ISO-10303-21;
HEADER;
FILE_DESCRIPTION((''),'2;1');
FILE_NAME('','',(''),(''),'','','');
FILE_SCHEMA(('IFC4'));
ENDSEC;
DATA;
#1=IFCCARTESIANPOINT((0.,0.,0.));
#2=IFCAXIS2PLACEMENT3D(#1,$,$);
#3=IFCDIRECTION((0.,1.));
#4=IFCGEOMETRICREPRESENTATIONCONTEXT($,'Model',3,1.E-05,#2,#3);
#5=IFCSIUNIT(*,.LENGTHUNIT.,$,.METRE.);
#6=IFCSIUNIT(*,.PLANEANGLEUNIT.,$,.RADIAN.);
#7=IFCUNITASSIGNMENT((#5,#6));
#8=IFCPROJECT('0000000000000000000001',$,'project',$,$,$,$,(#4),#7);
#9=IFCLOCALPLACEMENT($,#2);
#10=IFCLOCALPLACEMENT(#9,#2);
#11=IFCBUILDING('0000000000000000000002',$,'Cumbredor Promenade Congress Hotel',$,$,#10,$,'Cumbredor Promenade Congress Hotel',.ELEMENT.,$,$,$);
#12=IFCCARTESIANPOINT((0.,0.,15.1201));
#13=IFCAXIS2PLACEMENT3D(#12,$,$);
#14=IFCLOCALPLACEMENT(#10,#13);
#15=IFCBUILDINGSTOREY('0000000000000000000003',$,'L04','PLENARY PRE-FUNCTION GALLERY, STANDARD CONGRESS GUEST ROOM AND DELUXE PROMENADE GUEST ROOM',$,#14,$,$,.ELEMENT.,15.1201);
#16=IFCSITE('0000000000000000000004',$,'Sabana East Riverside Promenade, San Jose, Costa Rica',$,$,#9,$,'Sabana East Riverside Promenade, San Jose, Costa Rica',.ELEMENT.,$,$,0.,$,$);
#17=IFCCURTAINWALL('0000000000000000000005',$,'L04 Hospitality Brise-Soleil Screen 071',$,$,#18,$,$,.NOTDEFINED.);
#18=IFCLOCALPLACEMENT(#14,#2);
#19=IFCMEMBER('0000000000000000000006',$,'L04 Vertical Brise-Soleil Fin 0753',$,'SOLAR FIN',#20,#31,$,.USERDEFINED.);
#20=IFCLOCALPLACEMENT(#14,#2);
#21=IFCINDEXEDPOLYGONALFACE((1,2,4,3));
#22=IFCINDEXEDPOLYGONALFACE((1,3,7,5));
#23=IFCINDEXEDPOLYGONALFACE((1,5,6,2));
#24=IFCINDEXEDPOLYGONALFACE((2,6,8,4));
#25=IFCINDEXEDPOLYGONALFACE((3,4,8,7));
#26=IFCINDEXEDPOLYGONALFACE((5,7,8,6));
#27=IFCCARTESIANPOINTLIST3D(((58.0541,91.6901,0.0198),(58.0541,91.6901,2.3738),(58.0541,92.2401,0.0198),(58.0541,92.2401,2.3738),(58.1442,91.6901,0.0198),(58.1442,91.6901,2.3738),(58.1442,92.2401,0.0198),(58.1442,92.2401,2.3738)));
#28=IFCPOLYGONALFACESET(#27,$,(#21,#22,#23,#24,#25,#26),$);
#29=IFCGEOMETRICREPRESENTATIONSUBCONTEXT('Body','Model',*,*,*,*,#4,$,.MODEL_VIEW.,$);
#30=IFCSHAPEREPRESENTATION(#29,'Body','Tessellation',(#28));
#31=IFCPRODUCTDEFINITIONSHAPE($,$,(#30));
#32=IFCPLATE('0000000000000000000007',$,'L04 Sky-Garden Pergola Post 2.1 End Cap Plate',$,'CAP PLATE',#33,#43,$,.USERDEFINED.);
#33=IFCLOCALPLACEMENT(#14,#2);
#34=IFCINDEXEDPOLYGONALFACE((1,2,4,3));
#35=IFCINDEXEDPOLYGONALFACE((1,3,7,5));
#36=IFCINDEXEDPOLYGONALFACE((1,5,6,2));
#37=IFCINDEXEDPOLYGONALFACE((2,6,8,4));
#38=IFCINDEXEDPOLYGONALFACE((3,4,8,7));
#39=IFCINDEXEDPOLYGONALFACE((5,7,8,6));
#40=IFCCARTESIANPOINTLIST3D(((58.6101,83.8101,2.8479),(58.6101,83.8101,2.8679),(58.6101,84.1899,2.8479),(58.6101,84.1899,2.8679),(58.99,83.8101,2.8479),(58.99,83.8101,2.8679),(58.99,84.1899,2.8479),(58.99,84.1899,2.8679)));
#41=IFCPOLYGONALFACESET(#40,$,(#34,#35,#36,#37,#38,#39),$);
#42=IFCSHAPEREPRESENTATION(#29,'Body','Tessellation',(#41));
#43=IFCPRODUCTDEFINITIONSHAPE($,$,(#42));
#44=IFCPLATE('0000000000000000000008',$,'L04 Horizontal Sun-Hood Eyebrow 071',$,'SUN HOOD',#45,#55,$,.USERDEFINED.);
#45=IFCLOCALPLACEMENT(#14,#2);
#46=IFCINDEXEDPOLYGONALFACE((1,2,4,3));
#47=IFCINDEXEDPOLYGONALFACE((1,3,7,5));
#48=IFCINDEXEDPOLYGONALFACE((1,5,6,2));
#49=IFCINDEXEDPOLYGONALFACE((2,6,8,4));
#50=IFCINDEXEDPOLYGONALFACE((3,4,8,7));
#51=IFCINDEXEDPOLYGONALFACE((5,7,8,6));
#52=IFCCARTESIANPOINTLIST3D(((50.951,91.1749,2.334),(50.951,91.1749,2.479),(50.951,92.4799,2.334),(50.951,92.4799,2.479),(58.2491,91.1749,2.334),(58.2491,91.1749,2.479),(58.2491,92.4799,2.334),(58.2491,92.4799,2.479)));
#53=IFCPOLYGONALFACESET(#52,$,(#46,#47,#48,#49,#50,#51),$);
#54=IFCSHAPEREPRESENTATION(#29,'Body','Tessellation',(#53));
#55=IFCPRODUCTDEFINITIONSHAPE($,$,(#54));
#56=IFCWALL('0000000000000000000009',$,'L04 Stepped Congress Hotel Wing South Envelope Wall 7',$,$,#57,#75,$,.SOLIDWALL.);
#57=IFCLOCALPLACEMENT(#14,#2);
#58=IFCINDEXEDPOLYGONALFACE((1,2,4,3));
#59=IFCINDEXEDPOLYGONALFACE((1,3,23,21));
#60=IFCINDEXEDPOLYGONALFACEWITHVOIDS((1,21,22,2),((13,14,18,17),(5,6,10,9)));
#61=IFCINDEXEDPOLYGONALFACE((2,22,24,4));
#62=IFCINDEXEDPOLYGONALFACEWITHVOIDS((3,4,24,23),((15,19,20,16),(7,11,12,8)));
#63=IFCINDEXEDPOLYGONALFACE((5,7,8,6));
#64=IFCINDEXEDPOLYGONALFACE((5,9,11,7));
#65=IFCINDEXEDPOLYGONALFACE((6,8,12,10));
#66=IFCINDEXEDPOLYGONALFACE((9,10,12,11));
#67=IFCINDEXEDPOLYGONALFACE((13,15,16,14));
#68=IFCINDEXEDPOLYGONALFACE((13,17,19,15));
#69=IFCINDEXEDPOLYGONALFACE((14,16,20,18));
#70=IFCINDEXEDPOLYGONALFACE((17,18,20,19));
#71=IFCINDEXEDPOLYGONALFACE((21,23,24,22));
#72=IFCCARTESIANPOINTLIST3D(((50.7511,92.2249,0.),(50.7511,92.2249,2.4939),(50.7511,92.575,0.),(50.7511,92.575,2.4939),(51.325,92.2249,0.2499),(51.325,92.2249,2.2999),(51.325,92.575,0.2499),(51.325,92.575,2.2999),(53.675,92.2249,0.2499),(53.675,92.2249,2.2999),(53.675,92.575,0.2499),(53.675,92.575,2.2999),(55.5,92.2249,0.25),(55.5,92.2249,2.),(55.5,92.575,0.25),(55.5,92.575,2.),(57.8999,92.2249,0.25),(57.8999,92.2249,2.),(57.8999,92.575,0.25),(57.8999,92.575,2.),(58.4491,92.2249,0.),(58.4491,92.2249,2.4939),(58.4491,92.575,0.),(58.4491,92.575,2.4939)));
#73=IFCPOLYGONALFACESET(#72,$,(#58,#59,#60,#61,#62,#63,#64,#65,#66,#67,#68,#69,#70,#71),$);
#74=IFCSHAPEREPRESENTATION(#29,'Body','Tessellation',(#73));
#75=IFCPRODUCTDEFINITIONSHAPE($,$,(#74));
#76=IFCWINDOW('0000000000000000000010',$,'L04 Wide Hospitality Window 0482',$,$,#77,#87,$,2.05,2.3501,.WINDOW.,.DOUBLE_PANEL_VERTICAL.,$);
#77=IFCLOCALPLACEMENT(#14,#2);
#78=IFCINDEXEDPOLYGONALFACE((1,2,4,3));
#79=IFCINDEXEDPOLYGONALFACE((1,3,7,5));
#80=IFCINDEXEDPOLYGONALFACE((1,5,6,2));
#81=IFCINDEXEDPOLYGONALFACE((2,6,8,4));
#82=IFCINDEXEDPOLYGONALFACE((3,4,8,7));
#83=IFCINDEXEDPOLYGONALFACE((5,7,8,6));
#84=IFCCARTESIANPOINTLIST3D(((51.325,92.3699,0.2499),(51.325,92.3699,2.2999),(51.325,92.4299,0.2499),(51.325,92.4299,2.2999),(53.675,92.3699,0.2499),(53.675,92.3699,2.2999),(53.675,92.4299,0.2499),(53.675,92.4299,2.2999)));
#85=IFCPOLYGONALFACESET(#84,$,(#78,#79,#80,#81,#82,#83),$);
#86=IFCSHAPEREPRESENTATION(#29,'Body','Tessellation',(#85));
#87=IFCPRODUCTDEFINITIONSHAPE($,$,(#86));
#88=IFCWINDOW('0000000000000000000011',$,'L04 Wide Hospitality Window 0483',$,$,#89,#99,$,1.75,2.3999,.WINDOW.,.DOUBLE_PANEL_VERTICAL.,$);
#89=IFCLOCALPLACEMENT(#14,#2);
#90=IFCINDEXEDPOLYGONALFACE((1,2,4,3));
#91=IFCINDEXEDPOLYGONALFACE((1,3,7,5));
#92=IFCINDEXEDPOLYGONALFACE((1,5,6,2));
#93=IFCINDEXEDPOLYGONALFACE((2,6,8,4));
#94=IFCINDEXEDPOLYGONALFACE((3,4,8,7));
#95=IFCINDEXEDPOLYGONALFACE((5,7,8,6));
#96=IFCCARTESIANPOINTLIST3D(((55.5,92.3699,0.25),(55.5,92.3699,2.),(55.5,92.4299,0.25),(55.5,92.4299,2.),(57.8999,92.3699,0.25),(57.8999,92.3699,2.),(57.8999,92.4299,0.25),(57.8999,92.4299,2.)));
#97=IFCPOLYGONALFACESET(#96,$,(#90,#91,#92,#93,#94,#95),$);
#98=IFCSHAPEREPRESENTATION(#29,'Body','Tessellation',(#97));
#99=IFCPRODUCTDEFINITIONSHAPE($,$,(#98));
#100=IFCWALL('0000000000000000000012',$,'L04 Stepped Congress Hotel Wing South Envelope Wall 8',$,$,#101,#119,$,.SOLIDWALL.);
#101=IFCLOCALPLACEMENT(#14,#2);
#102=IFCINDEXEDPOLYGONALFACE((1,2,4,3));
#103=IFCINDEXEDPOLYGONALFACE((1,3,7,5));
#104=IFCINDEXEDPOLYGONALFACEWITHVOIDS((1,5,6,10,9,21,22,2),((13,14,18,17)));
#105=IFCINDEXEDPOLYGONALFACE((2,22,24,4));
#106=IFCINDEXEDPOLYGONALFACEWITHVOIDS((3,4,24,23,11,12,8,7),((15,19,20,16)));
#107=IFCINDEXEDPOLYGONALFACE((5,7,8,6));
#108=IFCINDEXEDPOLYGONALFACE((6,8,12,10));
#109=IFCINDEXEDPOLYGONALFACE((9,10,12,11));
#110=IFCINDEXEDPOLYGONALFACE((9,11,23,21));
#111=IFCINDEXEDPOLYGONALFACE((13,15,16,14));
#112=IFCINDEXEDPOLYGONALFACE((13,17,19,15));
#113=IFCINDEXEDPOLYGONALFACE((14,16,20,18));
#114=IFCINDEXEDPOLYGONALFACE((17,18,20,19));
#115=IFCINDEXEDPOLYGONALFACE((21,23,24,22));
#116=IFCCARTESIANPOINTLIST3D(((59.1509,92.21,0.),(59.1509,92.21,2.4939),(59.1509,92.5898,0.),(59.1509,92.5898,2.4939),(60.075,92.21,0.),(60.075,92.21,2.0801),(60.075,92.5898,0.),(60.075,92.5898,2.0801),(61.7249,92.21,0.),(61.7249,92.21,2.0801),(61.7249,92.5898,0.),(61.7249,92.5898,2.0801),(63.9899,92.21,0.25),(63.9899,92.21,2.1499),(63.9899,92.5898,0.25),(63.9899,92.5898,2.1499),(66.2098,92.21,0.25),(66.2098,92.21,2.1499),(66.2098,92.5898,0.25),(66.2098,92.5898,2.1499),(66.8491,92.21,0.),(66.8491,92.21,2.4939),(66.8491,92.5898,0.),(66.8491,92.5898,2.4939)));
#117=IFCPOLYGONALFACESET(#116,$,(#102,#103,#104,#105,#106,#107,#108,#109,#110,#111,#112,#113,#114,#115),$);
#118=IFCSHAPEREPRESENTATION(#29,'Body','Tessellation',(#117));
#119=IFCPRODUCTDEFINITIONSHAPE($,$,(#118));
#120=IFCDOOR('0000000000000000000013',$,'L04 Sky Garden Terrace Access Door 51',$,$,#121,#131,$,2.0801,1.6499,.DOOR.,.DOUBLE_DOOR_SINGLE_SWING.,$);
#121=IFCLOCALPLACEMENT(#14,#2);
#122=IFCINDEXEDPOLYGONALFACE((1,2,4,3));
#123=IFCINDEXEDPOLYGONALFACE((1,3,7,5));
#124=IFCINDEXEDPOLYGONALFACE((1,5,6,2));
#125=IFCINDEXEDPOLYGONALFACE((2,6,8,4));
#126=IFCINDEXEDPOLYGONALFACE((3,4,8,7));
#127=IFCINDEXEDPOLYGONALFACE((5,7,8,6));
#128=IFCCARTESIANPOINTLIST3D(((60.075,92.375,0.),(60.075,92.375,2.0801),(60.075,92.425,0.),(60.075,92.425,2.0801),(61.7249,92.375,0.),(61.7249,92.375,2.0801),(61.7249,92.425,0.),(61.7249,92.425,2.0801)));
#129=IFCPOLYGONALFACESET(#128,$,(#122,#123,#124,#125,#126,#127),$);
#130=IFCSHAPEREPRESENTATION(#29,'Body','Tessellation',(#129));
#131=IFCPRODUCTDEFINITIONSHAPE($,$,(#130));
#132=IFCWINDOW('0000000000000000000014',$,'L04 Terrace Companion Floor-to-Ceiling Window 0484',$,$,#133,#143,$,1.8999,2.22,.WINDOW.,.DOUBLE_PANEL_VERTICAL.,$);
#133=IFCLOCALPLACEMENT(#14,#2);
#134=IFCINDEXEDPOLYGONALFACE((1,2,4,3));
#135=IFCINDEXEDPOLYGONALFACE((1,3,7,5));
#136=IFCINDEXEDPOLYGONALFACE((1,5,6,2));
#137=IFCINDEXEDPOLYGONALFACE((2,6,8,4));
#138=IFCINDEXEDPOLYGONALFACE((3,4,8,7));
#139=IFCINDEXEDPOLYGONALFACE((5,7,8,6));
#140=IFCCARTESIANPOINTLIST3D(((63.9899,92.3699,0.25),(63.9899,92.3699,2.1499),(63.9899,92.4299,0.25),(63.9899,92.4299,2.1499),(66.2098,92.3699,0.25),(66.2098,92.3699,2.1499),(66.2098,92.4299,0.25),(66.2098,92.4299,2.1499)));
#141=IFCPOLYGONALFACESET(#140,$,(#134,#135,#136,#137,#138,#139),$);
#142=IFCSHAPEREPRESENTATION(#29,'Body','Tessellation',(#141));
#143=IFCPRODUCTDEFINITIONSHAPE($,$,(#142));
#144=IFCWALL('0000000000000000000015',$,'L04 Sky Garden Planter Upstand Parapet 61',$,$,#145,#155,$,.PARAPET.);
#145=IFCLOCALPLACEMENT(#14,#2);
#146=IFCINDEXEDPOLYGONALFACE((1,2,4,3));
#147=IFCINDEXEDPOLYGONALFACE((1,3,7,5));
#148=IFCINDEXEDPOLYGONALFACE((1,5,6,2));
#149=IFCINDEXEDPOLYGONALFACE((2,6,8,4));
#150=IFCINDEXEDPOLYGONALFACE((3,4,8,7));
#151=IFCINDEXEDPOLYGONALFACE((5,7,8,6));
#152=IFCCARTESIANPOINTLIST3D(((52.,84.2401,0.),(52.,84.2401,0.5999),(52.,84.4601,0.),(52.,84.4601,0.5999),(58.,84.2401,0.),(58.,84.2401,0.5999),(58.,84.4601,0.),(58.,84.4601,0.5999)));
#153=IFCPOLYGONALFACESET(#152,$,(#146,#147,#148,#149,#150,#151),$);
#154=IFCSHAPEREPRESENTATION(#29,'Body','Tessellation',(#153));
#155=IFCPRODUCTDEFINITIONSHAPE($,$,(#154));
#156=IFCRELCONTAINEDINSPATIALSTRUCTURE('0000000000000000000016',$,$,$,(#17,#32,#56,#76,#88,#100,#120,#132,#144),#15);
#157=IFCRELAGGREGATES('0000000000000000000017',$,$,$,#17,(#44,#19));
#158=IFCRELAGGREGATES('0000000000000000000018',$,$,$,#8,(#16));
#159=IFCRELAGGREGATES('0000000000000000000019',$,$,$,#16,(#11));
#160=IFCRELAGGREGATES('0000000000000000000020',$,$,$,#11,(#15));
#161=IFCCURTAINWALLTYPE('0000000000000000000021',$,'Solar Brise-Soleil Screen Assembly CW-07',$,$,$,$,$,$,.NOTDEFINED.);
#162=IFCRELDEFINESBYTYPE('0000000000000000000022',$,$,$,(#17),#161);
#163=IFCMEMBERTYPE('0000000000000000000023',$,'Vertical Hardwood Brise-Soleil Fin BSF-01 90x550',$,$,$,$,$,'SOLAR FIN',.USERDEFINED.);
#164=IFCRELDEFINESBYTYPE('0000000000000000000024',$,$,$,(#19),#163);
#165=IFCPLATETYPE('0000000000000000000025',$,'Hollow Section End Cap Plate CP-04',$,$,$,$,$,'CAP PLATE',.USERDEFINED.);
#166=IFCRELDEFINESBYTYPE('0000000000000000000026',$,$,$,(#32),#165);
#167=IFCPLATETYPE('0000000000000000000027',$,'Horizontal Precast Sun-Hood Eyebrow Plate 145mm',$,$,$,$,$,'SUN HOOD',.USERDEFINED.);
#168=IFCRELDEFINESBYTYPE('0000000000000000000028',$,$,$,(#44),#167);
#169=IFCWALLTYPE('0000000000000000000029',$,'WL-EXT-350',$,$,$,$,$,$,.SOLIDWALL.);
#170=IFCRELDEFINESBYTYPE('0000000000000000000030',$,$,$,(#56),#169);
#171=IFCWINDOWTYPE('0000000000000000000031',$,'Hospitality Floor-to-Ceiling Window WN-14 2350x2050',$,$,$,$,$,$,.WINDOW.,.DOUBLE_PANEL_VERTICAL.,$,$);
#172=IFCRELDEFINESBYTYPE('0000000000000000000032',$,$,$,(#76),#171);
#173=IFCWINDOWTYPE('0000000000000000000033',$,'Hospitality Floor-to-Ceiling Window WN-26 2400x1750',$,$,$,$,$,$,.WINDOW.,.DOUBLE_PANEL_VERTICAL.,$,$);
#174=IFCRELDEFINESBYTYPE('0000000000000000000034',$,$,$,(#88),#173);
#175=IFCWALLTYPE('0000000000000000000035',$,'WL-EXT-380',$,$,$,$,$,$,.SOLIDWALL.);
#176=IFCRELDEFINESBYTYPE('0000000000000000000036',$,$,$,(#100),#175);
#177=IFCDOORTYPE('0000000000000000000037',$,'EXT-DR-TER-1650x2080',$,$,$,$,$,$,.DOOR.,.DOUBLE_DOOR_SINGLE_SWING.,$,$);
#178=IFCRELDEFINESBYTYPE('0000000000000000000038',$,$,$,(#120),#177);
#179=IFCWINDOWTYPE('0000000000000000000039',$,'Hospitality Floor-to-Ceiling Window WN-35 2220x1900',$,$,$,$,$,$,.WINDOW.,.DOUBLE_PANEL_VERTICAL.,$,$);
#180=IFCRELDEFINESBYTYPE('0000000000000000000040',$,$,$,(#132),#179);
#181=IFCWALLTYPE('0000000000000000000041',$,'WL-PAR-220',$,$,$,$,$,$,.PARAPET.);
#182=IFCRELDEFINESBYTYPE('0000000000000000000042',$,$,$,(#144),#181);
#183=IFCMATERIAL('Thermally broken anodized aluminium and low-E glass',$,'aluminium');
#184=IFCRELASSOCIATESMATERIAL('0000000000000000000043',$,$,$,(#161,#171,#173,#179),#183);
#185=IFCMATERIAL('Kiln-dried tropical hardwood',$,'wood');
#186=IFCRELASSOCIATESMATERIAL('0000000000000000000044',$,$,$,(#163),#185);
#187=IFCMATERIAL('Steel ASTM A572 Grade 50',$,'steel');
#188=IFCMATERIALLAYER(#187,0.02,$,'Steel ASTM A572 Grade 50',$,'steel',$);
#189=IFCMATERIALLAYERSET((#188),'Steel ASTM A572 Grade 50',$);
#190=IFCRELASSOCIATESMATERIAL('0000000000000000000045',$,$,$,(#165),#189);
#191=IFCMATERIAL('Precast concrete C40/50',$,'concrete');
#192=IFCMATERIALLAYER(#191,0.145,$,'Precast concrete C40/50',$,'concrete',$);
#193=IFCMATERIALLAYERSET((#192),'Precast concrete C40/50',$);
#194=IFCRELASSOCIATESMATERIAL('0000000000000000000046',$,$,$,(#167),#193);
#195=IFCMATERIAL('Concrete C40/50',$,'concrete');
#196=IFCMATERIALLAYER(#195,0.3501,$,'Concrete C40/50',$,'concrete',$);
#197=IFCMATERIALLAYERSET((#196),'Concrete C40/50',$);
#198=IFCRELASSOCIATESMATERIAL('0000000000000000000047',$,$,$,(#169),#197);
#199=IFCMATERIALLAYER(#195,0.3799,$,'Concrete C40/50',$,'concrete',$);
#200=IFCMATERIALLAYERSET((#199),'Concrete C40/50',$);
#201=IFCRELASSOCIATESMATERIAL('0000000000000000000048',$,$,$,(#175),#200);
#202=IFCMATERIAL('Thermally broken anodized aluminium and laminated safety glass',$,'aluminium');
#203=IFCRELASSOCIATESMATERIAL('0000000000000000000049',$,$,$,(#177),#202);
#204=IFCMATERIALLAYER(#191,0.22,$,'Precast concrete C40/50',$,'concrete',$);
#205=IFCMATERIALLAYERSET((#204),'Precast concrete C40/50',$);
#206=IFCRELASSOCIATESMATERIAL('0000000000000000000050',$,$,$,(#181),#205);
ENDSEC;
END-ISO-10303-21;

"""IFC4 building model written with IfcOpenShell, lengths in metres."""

from ifc_helpers import new_model, si_unit, direction, frame, frame_2d, origin, origin_2d, place, context, subcontext, project, spatial, rectangle, extrude, material, layer, layer_set, material_profile, profile_set, type_object, element, fill, aggregate, save


model = new_model("IFC4")

# Units and contexts
model_context = context("Model", 3, precision=1e-05, world=origin(), true_north=direction((0.0, 1.0)))
body_context = subcontext(model_context, "Body", "Model", "MODEL_VIEW")
ifc_project = project(units=[si_unit("LENGTHUNIT", "METRE"), si_unit("PLANEANGLEUNIT", "RADIAN")], contexts=[model_context])

# Site, building, storey
site_placement = place(None, origin())
site = spatial("IfcSite", under=ifc_project, at=site_placement, Name="Sabana East Riverside Promenade, San Jose, Costa Rica", LongName="Sabana East Riverside Promenade, San Jose, Costa Rica", CompositionType="ELEMENT", RefElevation=0.0)
building_placement = place(site_placement, origin())
building = spatial("IfcBuilding", under=site, at=building_placement, Name="Cumbredor Promenade Congress Hotel", LongName="Cumbredor Promenade Congress Hotel", CompositionType="ELEMENT")
storey_placement = place(building_placement, frame((0.0, 0.0, 15.1201)))
storey = spatial("IfcBuildingStorey", under=building, at=storey_placement, Name="L04", Description="PLENARY PRE-FUNCTION GALLERY, STANDARD CONGRESS GUEST ROOM AND DELUXE PROMENADE GUEST ROOM", CompositionType="ELEMENT", Elevation=15.1201)

# Shared definitions
ifc_material_1 = material(Name="Concrete C40/50", Category="concrete")

# Curtain wall
ifc_material_2 = material(Name="Thermally broken anodized aluminium and low-E glass", Category="aluminium")
curtain_wall_type = type_object("IfcCurtainWallType", Name="Solar Brise-Soleil Screen Assembly CW-07", PredefinedType="NOTDEFINED", material=ifc_material_2)
curtain_wall_1_placement = place(storey_placement, origin())
curtain_wall_1 = element("IfcCurtainWall", 1, at=curtain_wall_1_placement, inside=storey, type_object=curtain_wall_type, Name="L04 Hospitality Brise-Soleil Screen 071", PredefinedType="NOTDEFINED")

# Member
ifc_material_3 = material(Name="Kiln-dried tropical hardwood", Category="wood")
ifc_material_profile_1 = material_profile(ifc_material_3, rectangle(XDim=0.0901, YDim=0.55, at=origin_2d()), Name="ARCH FIN 90x550")
ifc_profile_set_1 = profile_set([ifc_material_profile_1], Name="Kiln-dried tropical hardwood")
member_type_1 = type_object("IfcMemberType", Name="Vertical Hardwood Brise-Soleil Fin BSF-01 90x550", ElementType="SOLAR FIN", PredefinedType="USERDEFINED", material=ifc_profile_set_1)
member_1_placement = place(storey_placement, frame((58.0991, 91.9651, 0.0198), z_axis=(0.0, 0.0, 1.0), x_axis=(1.0, 0.0, 0.0)))
member_1 = element("IfcMember", 2, at=member_1_placement, type_object=member_type_1, Name="L04 Vertical Brise-Soleil Fin 0753", ObjectType="SOLAR FIN", PredefinedType="USERDEFINED", context=body_context, shape_type="SweptSolid", body=[
    extrude(rectangle(XDim=0.0901, YDim=0.55, at=origin_2d()), origin(), (0.0, 0.0, 1.0), 2.354),
])

# Plates
ifc_material_4 = material(Name="Steel ASTM A572 Grade 50", Category="steel")
ifc_layer_1 = layer(ifc_material_4, 0.02, Name="Steel ASTM A572 Grade 50", Category="steel")
ifc_layer_set_1 = layer_set([ifc_layer_1], Name="Steel ASTM A572 Grade 50")
plate_type_1 = type_object("IfcPlateType", Name="Hollow Section End Cap Plate CP-04", ElementType="CAP PLATE", PredefinedType="USERDEFINED", material=ifc_layer_set_1)
plate_1_placement = place(storey_placement, frame((58.8, 84.0, 2.8479), z_axis=(0.0, 0.0, 1.0), x_axis=(1.0, 0.0, 0.0)))
element("IfcPlate", 3, at=plate_1_placement, inside=storey, type_object=plate_type_1, Name="L04 Sky-Garden Pergola Post 2.1 End Cap Plate", ObjectType="CAP PLATE", PredefinedType="USERDEFINED", context=body_context, shape_type="SweptSolid", body=[
    extrude(rectangle(XDim=0.3799, YDim=0.3799, at=origin_2d()), origin(), (0.0, 0.0, 1.0), 0.02),
])
ifc_material_5 = material(Name="Precast concrete C40/50", Category="concrete")
ifc_layer_2 = layer(ifc_material_5, 0.145, Name="Precast concrete C40/50", Category="concrete")
ifc_layer_set_2 = layer_set([ifc_layer_2], Name="Precast concrete C40/50")
plate_type_2 = type_object("IfcPlateType", Name="Horizontal Precast Sun-Hood Eyebrow Plate 145mm", ElementType="SUN HOOD", PredefinedType="USERDEFINED", material=ifc_layer_set_2)
plate_2_placement = place(storey_placement, frame((54.6001, 91.8274, 2.334), z_axis=(0.0, 0.0, 1.0), x_axis=(1.0, 0.0, 0.0)))
plate_2 = element("IfcPlate", 4, at=plate_2_placement, type_object=plate_type_2, Name="L04 Horizontal Sun-Hood Eyebrow 071", ObjectType="SUN HOOD", PredefinedType="USERDEFINED", context=body_context, shape_type="SweptSolid", body=[
    extrude(rectangle(XDim=7.2981, YDim=1.3049, at=origin_2d()), origin(), (0.0, 0.0, 1.0), 0.145),
])
aggregate(curtain_wall_1, [plate_2, member_1])

# Wall, openings, windows
ifc_layer_3 = layer(ifc_material_1, 0.3501, Name="Concrete C40/50", Category="concrete")
ifc_layer_set_3 = layer_set([ifc_layer_3], Name="Concrete C40/50")
wall_type_1 = type_object("IfcWallType", Name="WL-EXT-350", PredefinedType="SOLIDWALL", material=ifc_layer_set_3)
wall_1_placement = place(storey_placement, frame((50.751, 92.3999, 0.0), z_axis=(0.0, 0.0, 1.0), x_axis=(1.0, 0.0, 0.0)))
wall_1 = element("IfcWall", 5, at=wall_1_placement, inside=storey, type_object=wall_type_1, Name="L04 Stepped Congress Hotel Wing South Envelope Wall 7", PredefinedType="SOLIDWALL", context=body_context, shape_type="SweptSolid", body=[
    extrude(rectangle(XDim=7.698, YDim=0.3501, at=frame_2d((3.8491, 0.0))), origin(), (0.0, 0.0, 1.0), 2.4939),
])
opening_1_placement = place(wall_1_placement, frame((0.574, 0.0, 0.25)))
opening_1 = element("IfcOpeningElement", 6, at=opening_1_placement, cuts=wall_1, PredefinedType="OPENING", context=body_context, shape_type="SweptSolid", body=[
    extrude(rectangle(XDim=2.3501, YDim=2.05, at=frame_2d((1.175, 1.0249))), frame((0.0, 0.1851, 0.0), z_axis=(0.0, -1.0, 0.0), x_axis=(1.0, 0.0, 0.0)), (0.0, 0.0, 1.0), 0.3701),
])
opening_2_placement = place(wall_1_placement, frame((4.749, 0.0, 0.25)))
opening_2 = element("IfcOpeningElement", 7, at=opening_2_placement, cuts=wall_1, PredefinedType="OPENING", context=body_context, shape_type="SweptSolid", body=[
    extrude(rectangle(XDim=2.3999, YDim=1.75, at=frame_2d((1.2, 0.875))), frame((0.0, 0.1851, 0.0), z_axis=(0.0, -1.0, 0.0), x_axis=(1.0, 0.0, 0.0)), (0.0, 0.0, 1.0), 0.3701),
])
window_type_1 = type_object("IfcWindowType", Name="Hospitality Floor-to-Ceiling Window WN-14 2350x2050", PartitioningType="DOUBLE_PANEL_VERTICAL", PredefinedType="WINDOW", material=ifc_material_2)
window_1_placement = place(opening_1_placement, origin())
window_1 = element("IfcWindow", 8, at=window_1_placement, inside=storey, type_object=window_type_1, Name="L04 Wide Hospitality Window 0482", OverallHeight=2.05, OverallWidth=2.3501, PartitioningType="DOUBLE_PANEL_VERTICAL", PredefinedType="WINDOW", context=body_context, shape_type="SweptSolid", body=[
    extrude(rectangle(XDim=2.3501, YDim=2.05, at=frame_2d((1.175, 1.0249))), frame((0.0, 0.03, 0.0), z_axis=(0.0, -1.0, 0.0), x_axis=(1.0, 0.0, 0.0)), (0.0, 0.0, 1.0), 0.0601),
])
fill(opening_1, window_1)
window_type_2 = type_object("IfcWindowType", Name="Hospitality Floor-to-Ceiling Window WN-26 2400x1750", PartitioningType="DOUBLE_PANEL_VERTICAL", PredefinedType="WINDOW", material=ifc_material_2)
window_2_placement = place(opening_2_placement, origin())
window_2 = element("IfcWindow", 9, at=window_2_placement, inside=storey, type_object=window_type_2, Name="L04 Wide Hospitality Window 0483", OverallHeight=1.75, OverallWidth=2.3999, PartitioningType="DOUBLE_PANEL_VERTICAL", PredefinedType="WINDOW", context=body_context, shape_type="SweptSolid", body=[
    extrude(rectangle(XDim=2.3999, YDim=1.75, at=frame_2d((1.2, 0.875))), frame((0.0, 0.03, 0.0), z_axis=(0.0, -1.0, 0.0), x_axis=(1.0, 0.0, 0.0)), (0.0, 0.0, 1.0), 0.0601),
])
fill(opening_2, window_2)

# Wall, openings, door, window
ifc_layer_4 = layer(ifc_material_1, 0.3799, Name="Concrete C40/50", Category="concrete")
ifc_layer_set_4 = layer_set([ifc_layer_4], Name="Concrete C40/50")
wall_type_2 = type_object("IfcWallType", Name="WL-EXT-380", PredefinedType="SOLIDWALL", material=ifc_layer_set_4)
wall_2_placement = place(storey_placement, frame((59.1509, 92.3999, 0.0), z_axis=(0.0, 0.0, 1.0), x_axis=(1.0, 0.0, 0.0)))
wall_2 = element("IfcWall", 10, at=wall_2_placement, inside=storey, type_object=wall_type_2, Name="L04 Stepped Congress Hotel Wing South Envelope Wall 8", PredefinedType="SOLIDWALL", context=body_context, shape_type="SweptSolid", body=[
    extrude(rectangle(XDim=7.6982, YDim=0.3799, at=frame_2d((3.8491, 0.0))), origin(), (0.0, 0.0, 1.0), 2.4939),
])
opening_3_placement = place(wall_2_placement, frame((0.9241, 0.0, 0.0)))
opening_3 = element("IfcOpeningElement", 11, at=opening_3_placement, cuts=wall_2, PredefinedType="OPENING", context=body_context, shape_type="SweptSolid", body=[
    extrude(rectangle(XDim=1.6499, YDim=2.0801, at=frame_2d((0.825, 1.04))), frame((0.0, 0.2, 0.0), z_axis=(0.0, -1.0, 0.0), x_axis=(1.0, 0.0, 0.0)), (0.0, 0.0, 1.0), 0.3999),
])
opening_4_placement = place(wall_2_placement, frame((4.8391, 0.0, 0.25)))
opening_4 = element("IfcOpeningElement", 12, at=opening_4_placement, cuts=wall_2, PredefinedType="OPENING", context=body_context, shape_type="SweptSolid", body=[
    extrude(rectangle(XDim=2.22, YDim=1.8999, at=frame_2d((1.1099, 0.95))), frame((0.0, 0.2, 0.0), z_axis=(0.0, -1.0, 0.0), x_axis=(1.0, 0.0, 0.0)), (0.0, 0.0, 1.0), 0.3999),
])
ifc_material_6 = material(Name="Thermally broken anodized aluminium and laminated safety glass", Category="aluminium")
door_type = type_object("IfcDoorType", Name="EXT-DR-TER-1650x2080", OperationType="DOUBLE_DOOR_SINGLE_SWING", PredefinedType="DOOR", material=ifc_material_6)
door_placement = place(opening_3_placement, frame((1.6499, 0.0, 0.0), z_axis=(0.0, 0.0, 1.0), x_axis=(-1.0, 0.0, 0.0)))
door = element("IfcDoor", 13, at=door_placement, inside=storey, type_object=door_type, Name="L04 Sky Garden Terrace Access Door 51", OperationType="DOUBLE_DOOR_SINGLE_SWING", OverallHeight=2.0801, OverallWidth=1.6499, PredefinedType="DOOR", context=body_context, shape_type="SweptSolid", body=[
    extrude(rectangle(XDim=1.6499, YDim=2.0801, at=frame_2d((0.825, 1.04))), frame((0.0, 0.0249, 0.0), z_axis=(0.0, -1.0, 0.0), x_axis=(1.0, 0.0, 0.0)), (0.0, 0.0, 1.0), 0.05),
])
fill(opening_3, door)
window_type_3 = type_object("IfcWindowType", Name="Hospitality Floor-to-Ceiling Window WN-35 2220x1900", PartitioningType="DOUBLE_PANEL_VERTICAL", PredefinedType="WINDOW", material=ifc_material_2)
window_3_placement = place(opening_4_placement, origin())
window_3 = element("IfcWindow", 14, at=window_3_placement, inside=storey, type_object=window_type_3, Name="L04 Terrace Companion Floor-to-Ceiling Window 0484", OverallHeight=1.8999, OverallWidth=2.22, PartitioningType="DOUBLE_PANEL_VERTICAL", PredefinedType="WINDOW", context=body_context, shape_type="SweptSolid", body=[
    extrude(rectangle(XDim=2.22, YDim=1.8999, at=frame_2d((1.1099, 0.95))), frame((0.0, 0.03, 0.0), z_axis=(0.0, -1.0, 0.0), x_axis=(1.0, 0.0, 0.0)), (0.0, 0.0, 1.0), 0.0601),
])
fill(opening_4, window_3)

# Wall
ifc_layer_5 = layer(ifc_material_5, 0.22, Name="Precast concrete C40/50", Category="concrete")
ifc_layer_set_5 = layer_set([ifc_layer_5], Name="Precast concrete C40/50")
wall_type_3 = type_object("IfcWallType", Name="WL-PAR-220", PredefinedType="PARAPET", material=ifc_layer_set_5)
wall_3_placement = place(storey_placement, frame((52.0, 84.3501, 0.0), z_axis=(0.0, 0.0, 1.0), x_axis=(1.0, 0.0, 0.0)))
element("IfcWall", 15, at=wall_3_placement, inside=storey, type_object=wall_type_3, Name="L04 Sky Garden Planter Upstand Parapet 61", PredefinedType="PARAPET", context=body_context, shape_type="SweptSolid", body=[
    extrude(rectangle(XDim=6.0, YDim=0.22, at=frame_2d((3.0, 0.0))), origin(), (0.0, 0.0, 1.0), 0.5999),
])

save(model, "model.ifc")
